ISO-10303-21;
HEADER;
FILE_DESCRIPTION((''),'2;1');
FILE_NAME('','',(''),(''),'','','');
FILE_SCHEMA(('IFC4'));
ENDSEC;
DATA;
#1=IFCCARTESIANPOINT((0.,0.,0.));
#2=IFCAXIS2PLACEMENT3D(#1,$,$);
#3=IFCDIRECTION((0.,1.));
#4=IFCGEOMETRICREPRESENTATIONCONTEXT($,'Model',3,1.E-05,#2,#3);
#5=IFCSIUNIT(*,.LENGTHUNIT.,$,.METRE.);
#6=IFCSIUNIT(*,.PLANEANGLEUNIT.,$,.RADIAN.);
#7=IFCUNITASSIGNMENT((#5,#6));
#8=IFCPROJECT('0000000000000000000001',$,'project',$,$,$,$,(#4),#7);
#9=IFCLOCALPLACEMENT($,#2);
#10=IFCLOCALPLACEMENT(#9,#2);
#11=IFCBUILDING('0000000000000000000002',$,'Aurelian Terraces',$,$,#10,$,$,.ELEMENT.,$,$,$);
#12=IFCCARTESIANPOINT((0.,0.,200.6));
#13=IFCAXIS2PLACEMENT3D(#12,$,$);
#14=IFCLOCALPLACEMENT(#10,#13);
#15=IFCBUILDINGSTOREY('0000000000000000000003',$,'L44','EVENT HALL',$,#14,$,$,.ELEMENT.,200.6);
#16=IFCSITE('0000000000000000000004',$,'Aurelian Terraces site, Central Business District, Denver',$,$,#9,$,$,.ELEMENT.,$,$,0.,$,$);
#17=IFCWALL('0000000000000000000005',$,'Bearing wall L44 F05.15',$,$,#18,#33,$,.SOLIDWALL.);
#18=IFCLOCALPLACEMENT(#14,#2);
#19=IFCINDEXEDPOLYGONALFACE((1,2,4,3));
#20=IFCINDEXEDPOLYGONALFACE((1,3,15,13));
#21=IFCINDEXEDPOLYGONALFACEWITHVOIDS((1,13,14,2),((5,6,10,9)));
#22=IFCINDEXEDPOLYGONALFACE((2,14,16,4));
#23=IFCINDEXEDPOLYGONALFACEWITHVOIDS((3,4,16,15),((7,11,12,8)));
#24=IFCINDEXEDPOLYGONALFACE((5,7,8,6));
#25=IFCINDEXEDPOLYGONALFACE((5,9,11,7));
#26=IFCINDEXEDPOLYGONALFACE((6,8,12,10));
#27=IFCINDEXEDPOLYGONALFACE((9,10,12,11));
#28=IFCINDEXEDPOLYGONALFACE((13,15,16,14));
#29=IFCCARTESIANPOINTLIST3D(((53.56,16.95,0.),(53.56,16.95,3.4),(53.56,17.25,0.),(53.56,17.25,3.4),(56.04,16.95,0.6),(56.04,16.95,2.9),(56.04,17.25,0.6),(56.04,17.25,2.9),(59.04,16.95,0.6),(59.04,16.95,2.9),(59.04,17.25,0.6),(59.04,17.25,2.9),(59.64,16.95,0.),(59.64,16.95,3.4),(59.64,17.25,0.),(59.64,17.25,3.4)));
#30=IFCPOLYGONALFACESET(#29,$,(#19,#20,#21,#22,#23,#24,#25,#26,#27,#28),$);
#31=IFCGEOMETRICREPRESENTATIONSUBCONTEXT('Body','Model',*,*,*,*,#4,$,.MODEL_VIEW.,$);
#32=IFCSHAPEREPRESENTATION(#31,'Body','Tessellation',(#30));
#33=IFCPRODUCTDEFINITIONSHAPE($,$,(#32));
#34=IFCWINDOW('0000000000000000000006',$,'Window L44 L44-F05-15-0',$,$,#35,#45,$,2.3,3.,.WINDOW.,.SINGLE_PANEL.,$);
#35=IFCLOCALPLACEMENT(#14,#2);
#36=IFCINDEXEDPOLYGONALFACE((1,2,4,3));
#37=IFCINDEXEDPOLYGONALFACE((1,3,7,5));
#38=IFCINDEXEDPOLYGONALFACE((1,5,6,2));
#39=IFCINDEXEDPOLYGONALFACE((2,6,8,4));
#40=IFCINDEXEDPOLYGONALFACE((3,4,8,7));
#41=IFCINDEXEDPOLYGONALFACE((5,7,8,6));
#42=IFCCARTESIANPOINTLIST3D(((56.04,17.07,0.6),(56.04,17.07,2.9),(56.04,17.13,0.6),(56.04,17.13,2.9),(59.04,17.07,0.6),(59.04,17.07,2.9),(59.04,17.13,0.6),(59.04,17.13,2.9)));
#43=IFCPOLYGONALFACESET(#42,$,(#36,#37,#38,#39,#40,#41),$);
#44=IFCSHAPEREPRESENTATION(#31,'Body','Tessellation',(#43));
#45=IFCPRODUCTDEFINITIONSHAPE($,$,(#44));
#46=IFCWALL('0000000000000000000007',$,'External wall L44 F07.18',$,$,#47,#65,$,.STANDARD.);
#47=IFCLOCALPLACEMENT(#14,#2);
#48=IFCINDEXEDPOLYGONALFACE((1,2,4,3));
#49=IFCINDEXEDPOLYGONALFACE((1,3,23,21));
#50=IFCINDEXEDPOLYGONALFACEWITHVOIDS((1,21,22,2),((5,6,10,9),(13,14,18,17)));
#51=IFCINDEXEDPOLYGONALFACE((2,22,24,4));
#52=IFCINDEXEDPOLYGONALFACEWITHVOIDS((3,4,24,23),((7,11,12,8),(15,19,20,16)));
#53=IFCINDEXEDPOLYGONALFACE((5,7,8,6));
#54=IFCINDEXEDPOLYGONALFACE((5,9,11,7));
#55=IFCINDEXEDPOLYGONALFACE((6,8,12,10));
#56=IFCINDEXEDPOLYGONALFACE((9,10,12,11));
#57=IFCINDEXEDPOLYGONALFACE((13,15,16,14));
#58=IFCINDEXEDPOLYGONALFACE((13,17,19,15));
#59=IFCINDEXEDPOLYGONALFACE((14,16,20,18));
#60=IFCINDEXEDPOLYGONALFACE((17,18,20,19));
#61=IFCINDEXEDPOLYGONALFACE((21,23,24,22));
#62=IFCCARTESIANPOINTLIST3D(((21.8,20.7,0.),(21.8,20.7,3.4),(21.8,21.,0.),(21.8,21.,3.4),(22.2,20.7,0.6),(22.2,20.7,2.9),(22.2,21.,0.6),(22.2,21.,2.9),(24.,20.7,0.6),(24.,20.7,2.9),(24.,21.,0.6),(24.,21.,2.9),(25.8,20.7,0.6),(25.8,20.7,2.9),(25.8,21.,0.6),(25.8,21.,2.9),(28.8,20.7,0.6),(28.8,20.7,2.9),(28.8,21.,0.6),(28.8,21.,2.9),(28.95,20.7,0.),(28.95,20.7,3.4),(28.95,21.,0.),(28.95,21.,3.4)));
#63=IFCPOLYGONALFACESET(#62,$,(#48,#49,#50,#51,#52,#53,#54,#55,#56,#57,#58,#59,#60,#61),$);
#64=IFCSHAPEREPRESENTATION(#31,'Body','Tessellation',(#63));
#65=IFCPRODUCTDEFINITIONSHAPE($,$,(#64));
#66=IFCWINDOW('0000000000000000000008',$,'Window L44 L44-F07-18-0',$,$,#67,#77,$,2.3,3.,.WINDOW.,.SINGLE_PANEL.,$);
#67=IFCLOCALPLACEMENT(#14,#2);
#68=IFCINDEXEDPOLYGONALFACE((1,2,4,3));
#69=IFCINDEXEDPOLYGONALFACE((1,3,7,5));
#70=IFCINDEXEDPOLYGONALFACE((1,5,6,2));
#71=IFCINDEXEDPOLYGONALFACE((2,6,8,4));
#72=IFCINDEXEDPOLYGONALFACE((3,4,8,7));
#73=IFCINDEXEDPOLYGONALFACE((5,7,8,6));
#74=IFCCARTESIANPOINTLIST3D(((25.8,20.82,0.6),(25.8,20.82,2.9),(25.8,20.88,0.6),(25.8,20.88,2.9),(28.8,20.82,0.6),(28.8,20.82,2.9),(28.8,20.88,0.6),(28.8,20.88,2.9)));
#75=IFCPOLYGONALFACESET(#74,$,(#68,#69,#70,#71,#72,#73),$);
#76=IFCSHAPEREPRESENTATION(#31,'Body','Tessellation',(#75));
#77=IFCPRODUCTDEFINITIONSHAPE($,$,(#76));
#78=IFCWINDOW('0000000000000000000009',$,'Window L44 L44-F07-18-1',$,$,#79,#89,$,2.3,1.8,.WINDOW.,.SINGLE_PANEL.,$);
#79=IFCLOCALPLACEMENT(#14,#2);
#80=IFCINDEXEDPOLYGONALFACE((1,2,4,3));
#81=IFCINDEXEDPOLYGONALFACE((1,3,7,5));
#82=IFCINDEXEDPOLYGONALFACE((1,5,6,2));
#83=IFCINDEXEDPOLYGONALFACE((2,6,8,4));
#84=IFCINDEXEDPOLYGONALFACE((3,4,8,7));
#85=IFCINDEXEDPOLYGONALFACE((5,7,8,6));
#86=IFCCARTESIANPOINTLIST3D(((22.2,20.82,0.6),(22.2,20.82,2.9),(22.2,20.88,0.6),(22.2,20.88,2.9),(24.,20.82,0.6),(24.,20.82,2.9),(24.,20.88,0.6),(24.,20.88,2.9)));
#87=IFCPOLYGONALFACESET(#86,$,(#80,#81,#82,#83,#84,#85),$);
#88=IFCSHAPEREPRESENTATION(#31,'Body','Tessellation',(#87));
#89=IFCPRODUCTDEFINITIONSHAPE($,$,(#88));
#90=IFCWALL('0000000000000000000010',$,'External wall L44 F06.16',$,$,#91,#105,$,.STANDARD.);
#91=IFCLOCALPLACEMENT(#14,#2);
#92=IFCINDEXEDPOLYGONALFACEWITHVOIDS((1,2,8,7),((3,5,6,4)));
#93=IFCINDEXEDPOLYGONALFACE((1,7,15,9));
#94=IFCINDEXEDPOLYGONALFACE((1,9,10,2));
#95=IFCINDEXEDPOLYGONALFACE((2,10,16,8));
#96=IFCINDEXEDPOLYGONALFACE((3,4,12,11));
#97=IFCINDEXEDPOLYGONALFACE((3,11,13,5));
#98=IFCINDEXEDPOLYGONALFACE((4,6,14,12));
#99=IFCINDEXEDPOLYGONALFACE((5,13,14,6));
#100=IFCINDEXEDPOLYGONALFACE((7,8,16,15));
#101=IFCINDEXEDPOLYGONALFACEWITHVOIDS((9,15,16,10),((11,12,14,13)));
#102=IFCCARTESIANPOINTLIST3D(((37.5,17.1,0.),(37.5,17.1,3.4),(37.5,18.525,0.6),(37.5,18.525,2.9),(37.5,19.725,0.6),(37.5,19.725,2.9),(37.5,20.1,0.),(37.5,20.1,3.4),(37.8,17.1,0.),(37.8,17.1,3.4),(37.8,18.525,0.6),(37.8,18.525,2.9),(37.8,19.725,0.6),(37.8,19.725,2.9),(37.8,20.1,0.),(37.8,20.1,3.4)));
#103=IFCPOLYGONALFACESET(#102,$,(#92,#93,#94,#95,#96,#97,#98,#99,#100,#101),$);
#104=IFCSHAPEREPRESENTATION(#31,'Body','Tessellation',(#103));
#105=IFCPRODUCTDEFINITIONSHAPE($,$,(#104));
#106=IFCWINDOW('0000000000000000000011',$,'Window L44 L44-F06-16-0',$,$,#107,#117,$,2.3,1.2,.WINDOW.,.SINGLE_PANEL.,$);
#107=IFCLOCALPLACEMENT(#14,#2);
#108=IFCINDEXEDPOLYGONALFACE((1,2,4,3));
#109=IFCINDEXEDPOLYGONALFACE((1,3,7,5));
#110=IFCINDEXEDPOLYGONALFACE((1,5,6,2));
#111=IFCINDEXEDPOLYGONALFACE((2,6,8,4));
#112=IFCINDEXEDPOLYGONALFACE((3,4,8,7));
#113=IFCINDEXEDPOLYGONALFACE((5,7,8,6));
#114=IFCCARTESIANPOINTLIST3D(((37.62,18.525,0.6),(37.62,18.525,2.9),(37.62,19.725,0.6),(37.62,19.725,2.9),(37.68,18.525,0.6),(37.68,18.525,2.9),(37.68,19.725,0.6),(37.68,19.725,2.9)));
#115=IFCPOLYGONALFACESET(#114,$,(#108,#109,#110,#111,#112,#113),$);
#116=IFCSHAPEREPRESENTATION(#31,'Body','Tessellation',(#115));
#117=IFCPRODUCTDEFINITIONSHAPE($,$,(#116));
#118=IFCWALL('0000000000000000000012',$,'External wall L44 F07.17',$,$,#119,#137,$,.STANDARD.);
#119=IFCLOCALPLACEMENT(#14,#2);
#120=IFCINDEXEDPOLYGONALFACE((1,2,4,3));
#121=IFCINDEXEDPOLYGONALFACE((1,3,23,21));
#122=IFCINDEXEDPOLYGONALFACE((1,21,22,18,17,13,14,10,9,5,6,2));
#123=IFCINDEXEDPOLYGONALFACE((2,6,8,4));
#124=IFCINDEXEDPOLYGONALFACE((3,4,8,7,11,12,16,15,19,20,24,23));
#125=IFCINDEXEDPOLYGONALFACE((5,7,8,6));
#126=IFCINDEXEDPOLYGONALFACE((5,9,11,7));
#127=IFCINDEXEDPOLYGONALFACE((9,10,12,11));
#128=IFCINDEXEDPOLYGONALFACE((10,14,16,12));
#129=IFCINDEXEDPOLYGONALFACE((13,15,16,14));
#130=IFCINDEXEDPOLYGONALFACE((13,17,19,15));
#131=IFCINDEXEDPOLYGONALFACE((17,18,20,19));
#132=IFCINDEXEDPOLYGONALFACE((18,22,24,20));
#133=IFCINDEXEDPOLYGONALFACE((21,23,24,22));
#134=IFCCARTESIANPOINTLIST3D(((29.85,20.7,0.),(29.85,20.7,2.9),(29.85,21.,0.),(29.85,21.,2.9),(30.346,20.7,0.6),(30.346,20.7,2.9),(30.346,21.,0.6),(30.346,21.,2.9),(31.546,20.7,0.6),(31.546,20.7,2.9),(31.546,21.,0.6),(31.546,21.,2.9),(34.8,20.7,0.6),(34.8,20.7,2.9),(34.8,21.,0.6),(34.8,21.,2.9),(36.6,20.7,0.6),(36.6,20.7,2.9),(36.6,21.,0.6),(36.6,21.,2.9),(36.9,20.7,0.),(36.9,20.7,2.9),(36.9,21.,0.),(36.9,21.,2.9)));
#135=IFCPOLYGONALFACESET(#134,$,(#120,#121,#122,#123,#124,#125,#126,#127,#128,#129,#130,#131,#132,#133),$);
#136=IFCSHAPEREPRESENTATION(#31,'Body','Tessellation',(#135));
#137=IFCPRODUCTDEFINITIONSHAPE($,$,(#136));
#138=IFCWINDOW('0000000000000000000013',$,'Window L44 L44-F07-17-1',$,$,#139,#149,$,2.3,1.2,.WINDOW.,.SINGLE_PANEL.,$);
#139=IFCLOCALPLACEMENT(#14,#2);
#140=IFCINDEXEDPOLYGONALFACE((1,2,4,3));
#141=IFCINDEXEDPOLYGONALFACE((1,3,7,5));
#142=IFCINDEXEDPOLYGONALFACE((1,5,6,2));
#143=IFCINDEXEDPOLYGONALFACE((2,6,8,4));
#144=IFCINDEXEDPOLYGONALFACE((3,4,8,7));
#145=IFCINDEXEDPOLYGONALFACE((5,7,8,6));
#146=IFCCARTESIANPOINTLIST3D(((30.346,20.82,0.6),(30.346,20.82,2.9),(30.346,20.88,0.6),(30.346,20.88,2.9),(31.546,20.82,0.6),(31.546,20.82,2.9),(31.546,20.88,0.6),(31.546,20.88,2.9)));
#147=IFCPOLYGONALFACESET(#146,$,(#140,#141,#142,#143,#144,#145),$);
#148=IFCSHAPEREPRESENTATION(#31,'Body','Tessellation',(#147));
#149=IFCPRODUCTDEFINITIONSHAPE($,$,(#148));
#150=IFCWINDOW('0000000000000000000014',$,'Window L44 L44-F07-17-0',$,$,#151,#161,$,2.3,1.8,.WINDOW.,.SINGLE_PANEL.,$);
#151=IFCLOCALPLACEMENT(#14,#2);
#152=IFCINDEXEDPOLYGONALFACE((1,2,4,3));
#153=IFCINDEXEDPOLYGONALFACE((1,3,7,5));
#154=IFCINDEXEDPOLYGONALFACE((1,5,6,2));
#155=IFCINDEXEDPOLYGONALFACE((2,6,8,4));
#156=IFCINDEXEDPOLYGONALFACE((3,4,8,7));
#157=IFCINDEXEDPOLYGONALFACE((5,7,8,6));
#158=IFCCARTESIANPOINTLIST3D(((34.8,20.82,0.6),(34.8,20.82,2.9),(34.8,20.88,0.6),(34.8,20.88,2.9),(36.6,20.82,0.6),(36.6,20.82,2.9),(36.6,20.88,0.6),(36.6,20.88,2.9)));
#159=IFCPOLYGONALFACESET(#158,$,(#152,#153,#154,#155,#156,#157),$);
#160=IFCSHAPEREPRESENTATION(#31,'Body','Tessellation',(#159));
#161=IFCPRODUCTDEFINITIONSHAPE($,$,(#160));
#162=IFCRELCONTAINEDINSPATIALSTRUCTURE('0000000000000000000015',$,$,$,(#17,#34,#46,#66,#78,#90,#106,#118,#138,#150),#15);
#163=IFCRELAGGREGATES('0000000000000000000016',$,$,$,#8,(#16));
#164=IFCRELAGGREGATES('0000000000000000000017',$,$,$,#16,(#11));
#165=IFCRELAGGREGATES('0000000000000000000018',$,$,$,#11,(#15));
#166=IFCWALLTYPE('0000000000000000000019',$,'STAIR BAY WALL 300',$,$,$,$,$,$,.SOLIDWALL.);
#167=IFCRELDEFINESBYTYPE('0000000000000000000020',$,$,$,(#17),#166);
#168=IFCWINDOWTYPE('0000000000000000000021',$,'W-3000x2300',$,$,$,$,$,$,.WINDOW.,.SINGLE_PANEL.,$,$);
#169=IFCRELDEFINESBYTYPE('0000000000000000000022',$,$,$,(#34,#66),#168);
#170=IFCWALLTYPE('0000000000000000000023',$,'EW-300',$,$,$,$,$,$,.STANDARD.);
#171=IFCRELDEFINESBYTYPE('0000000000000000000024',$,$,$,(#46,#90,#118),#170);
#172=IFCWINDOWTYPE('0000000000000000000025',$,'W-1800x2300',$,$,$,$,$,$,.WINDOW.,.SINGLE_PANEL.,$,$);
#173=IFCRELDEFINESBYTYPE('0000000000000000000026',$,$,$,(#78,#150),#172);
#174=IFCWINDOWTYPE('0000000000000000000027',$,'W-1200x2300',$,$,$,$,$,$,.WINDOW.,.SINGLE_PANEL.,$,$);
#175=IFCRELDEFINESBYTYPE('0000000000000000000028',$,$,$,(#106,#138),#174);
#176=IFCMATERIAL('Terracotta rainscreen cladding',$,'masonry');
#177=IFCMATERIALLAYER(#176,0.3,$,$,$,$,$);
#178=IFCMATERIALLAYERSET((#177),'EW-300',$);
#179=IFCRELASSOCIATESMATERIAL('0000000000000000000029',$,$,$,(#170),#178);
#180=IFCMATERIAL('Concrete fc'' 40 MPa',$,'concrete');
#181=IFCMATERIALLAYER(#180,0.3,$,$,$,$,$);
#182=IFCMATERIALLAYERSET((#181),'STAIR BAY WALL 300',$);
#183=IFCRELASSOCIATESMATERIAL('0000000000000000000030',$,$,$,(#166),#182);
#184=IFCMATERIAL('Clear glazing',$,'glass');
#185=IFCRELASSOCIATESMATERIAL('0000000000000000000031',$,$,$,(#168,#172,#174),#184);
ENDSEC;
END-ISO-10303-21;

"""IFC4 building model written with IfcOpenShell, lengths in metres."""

from ifc_helpers import new_model, si_unit, direction, frame, frame_2d, origin, place, context, subcontext, project, spatial, rectangle, extrude, source, transform, mapped, material, layer, layer_set, type_object, element, fill, save


model = new_model("IFC4")

# Units and contexts
model_context = context("Model", 3, precision=1e-05, world=origin(), true_north=direction((0.0, 1.0)))
body_context = subcontext(model_context, "Body", "Model", "MODEL_VIEW")
ifc_project = project(units=[si_unit("LENGTHUNIT", "METRE"), si_unit("PLANEANGLEUNIT", "RADIAN")], contexts=[model_context])

# Site, building, storey
site_placement = place(None, origin())
site = spatial("IfcSite", under=ifc_project, at=site_placement, Name="Aurelian Terraces site, Central Business District, Denver", CompositionType="ELEMENT", RefElevation=0.0)
building_placement = place(site_placement, origin())
building = spatial("IfcBuilding", under=site, at=building_placement, Name="Aurelian Terraces", CompositionType="ELEMENT")
storey_placement = place(building_placement, frame((0.0, 0.0, 200.6)))
storey = spatial("IfcBuildingStorey", under=building, at=storey_placement, Name="L44", Description="EVENT HALL", CompositionType="ELEMENT", Elevation=200.6)

# Shared definitions
ifc_material_1 = material(Name="Concrete fc' 40 MPa", Category="concrete")

# Shared definitions
ifc_material_2 = material(Name="Terracotta rainscreen cladding", Category="masonry")
ifc_layer_1 = layer(ifc_material_2, 0.3)
ifc_layer_set_1 = layer_set([ifc_layer_1], Name="EW-300")
wall_type_1 = type_object("IfcWallType", Name="EW-300", PredefinedType="STANDARD", material=ifc_layer_set_1)
ifc_material_3 = material(Name="Clear glazing", Category="glass")

# Wall, opening, window
ifc_layer_2 = layer(ifc_material_1, 0.3)
ifc_layer_set_2 = layer_set([ifc_layer_2], Name="STAIR BAY WALL 300")
wall_type_2 = type_object("IfcWallType", Name="STAIR BAY WALL 300", PredefinedType="SOLIDWALL", material=ifc_layer_set_2)
wall_1_placement = place(storey_placement, frame((59.64, 17.1, 0.0), z_axis=(0.0, 0.0, 1.0), x_axis=(-1.0, 0.0, 0.0)))
wall_1 = element("IfcWall", 1, at=wall_1_placement, inside=storey, type_object=wall_type_2, Name="Bearing wall L44 F05.15", PredefinedType="SOLIDWALL", context=body_context, shape_type="SweptSolid", body=[
    extrude(rectangle(XDim=6.08, YDim=0.3, at=frame_2d((3.04, 0.0))), origin(), (0.0, 0.0, 1.0), 3.4),
])
shared_shape_1 = source(origin(), body_context, "Body", "SweptSolid", [
    extrude(rectangle(XDim=3.0, YDim=2.3, at=frame_2d((1.5, 1.15))), frame((0.0, 0.16, 0.0), z_axis=(0.0, -1.0, 0.0), x_axis=(1.0, 0.0, 0.0)), (0.0, 0.0, 1.0), 0.32),
])
opening_1_placement = place(wall_1_placement, frame((0.6, 0.0, 0.6)))
opening_1 = element("IfcOpeningElement", 2, at=opening_1_placement, cuts=wall_1, PredefinedType="OPENING", context=body_context, shape_type="MappedRepresentation", body=[
    mapped(shared_shape_1, transform((0.0, 0.0, 0.0), scale=1.0)),
])
window_type_1 = type_object("IfcWindowType", Name="W-3000x2300", PartitioningType="SINGLE_PANEL", PredefinedType="WINDOW", material=ifc_material_3)
shared_shape_2 = source(origin(), body_context, "Body", "SweptSolid", [
    extrude(rectangle(XDim=3.0, YDim=2.3, at=frame_2d((1.5, 1.15))), frame((0.0, 0.03, 0.0), z_axis=(0.0, -1.0, 0.0), x_axis=(1.0, 0.0, 0.0)), (0.0, 0.0, 1.0), 0.06),
])
window_1_placement = place(opening_1_placement, origin())
window_1 = element("IfcWindow", 3, at=window_1_placement, inside=storey, type_object=window_type_1, Name="Window L44 L44-F05-15-0", OverallHeight=2.3, OverallWidth=3.0, PartitioningType="SINGLE_PANEL", PredefinedType="WINDOW", context=body_context, shape_type="MappedRepresentation", body=[
    mapped(shared_shape_2, transform((0.0, 0.0, 0.0), scale=1.0)),
])
fill(opening_1, window_1)

# Wall, openings, windows
shared_shape_3 = source(origin(), body_context, "Body", "SweptSolid", [
    extrude(rectangle(XDim=7.15, YDim=0.3, at=frame_2d((3.575, 0.0))), origin(), (0.0, 0.0, 1.0), 3.4),
])
wall_2_placement = place(storey_placement, frame((28.95, 20.85, 0.0), z_axis=(0.0, 0.0, 1.0), x_axis=(-1.0, 0.0, 0.0)))
wall_2 = element("IfcWall", 4, at=wall_2_placement, inside=storey, type_object=wall_type_1, Name="External wall L44 F07.18", PredefinedType="STANDARD", context=body_context, shape_type="MappedRepresentation", body=[
    mapped(shared_shape_3, transform((0.0, 0.0, 0.0), scale=1.0)),
])
opening_2_placement = place(wall_2_placement, frame((0.15, 0.0, 0.6)))
opening_2 = element("IfcOpeningElement", 5, at=opening_2_placement, cuts=wall_2, PredefinedType="OPENING", context=body_context, shape_type="MappedRepresentation", body=[
    mapped(shared_shape_1, transform((0.0, 0.0, 0.0), scale=1.0)),
])
shared_shape_4 = source(origin(), body_context, "Body", "SweptSolid", [
    extrude(rectangle(XDim=1.8, YDim=2.3, at=frame_2d((0.9, 1.15))), frame((0.0, 0.16, 0.0), z_axis=(0.0, -1.0, 0.0), x_axis=(1.0, 0.0, 0.0)), (0.0, 0.0, 1.0), 0.32),
])
opening_3_placement = place(wall_2_placement, frame((4.95, 0.0, 0.6)))
opening_3 = element("IfcOpeningElement", 6, at=opening_3_placement, cuts=wall_2, PredefinedType="OPENING", context=body_context, shape_type="MappedRepresentation", body=[
    mapped(shared_shape_4, transform((0.0, 0.0, 0.0), scale=1.0)),
])
window_2_placement = place(opening_2_placement, origin())
window_2 = element("IfcWindow", 7, at=window_2_placement, inside=storey, type_object=window_type_1, Name="Window L44 L44-F07-18-0", OverallHeight=2.3, OverallWidth=3.0, PartitioningType="SINGLE_PANEL", PredefinedType="WINDOW", context=body_context, shape_type="MappedRepresentation", body=[
    mapped(shared_shape_2, transform((0.0, 0.0, 0.0), scale=1.0)),
])
fill(opening_2, window_2)
window_type_2 = type_object("IfcWindowType", Name="W-1800x2300", PartitioningType="SINGLE_PANEL", PredefinedType="WINDOW", material=ifc_material_3)
shared_shape_5 = source(origin(), body_context, "Body", "SweptSolid", [
    extrude(rectangle(XDim=1.8, YDim=2.3, at=frame_2d((0.9, 1.15))), frame((0.0, 0.03, 0.0), z_axis=(0.0, -1.0, 0.0), x_axis=(1.0, 0.0, 0.0)), (0.0, 0.0, 1.0), 0.06),
])
window_3_placement = place(opening_3_placement, origin())
window_3 = element("IfcWindow", 8, at=window_3_placement, inside=storey, type_object=window_type_2, Name="Window L44 L44-F07-18-1", OverallHeight=2.3, OverallWidth=1.8, PartitioningType="SINGLE_PANEL", PredefinedType="WINDOW", context=body_context, shape_type="MappedRepresentation", body=[
    mapped(shared_shape_5, transform((0.0, 0.0, 0.0), scale=1.0)),
])
fill(opening_3, window_3)

# Wall, opening, window
shared_shape_6 = source(origin(), body_context, "Body", "SweptSolid", [
    extrude(rectangle(XDim=3.0, YDim=0.3, at=frame_2d((1.5, 0.0))), origin(), (0.0, 0.0, 1.0), 3.4),
])
wall_3_placement = place(storey_placement, frame((37.65, 17.1, 0.0), z_axis=(0.0, 0.0, 1.0), x_axis=(0.0, 1.0, 0.0)))
wall_3 = element("IfcWall", 9, at=wall_3_placement, inside=storey, type_object=wall_type_1, Name="External wall L44 F06.16", PredefinedType="STANDARD", context=body_context, shape_type="MappedRepresentation", body=[
    mapped(shared_shape_6, transform((0.0, 0.0, 0.0), scale=1.0)),
])
shared_shape_7 = source(origin(), body_context, "Body", "SweptSolid", [
    extrude(rectangle(XDim=1.2, YDim=2.3, at=frame_2d((0.6, 1.15))), frame((0.0, 0.16, 0.0), z_axis=(0.0, -1.0, 0.0), x_axis=(1.0, 0.0, 0.0)), (0.0, 0.0, 1.0), 0.32),
])
opening_4_placement = place(wall_3_placement, frame((1.425, 0.0, 0.6)))
opening_4 = element("IfcOpeningElement", 10, at=opening_4_placement, cuts=wall_3, PredefinedType="OPENING", context=body_context, shape_type="MappedRepresentation", body=[
    mapped(shared_shape_7, transform((0.0, 0.0, 0.0), scale=1.0)),
])
window_type_3 = type_object("IfcWindowType", Name="W-1200x2300", PartitioningType="SINGLE_PANEL", PredefinedType="WINDOW", material=ifc_material_3)
shared_shape_8 = source(origin(), body_context, "Body", "SweptSolid", [
    extrude(rectangle(XDim=1.2, YDim=2.3, at=frame_2d((0.6, 1.15))), frame((0.0, 0.03, 0.0), z_axis=(0.0, -1.0, 0.0), x_axis=(1.0, 0.0, 0.0)), (0.0, 0.0, 1.0), 0.06),
])
window_4_placement = place(opening_4_placement, origin())
window_4 = element("IfcWindow", 11, at=window_4_placement, inside=storey, type_object=window_type_3, Name="Window L44 L44-F06-16-0", OverallHeight=2.3, OverallWidth=1.2, PartitioningType="SINGLE_PANEL", PredefinedType="WINDOW", context=body_context, shape_type="MappedRepresentation", body=[
    mapped(shared_shape_8, transform((0.0, 0.0, 0.0), scale=1.0)),
])
fill(opening_4, window_4)

# Wall, openings, windows
shared_shape_9 = source(origin(), body_context, "Body", "SweptSolid", [
    extrude(rectangle(XDim=7.05, YDim=0.3, at=frame_2d((3.525, 0.0))), origin(), (0.0, 0.0, 1.0), 2.9),
])
wall_4_placement = place(storey_placement, frame((36.9, 20.85, 0.0), z_axis=(0.0, 0.0, 1.0), x_axis=(-1.0, 0.0, 0.0)))
wall_4 = element("IfcWall", 12, at=wall_4_placement, inside=storey, type_object=wall_type_1, Name="External wall L44 F07.17", PredefinedType="STANDARD", context=body_context, shape_type="MappedRepresentation", body=[
    mapped(shared_shape_9, transform((0.0, 0.0, 0.0), scale=1.0)),
])
opening_5_placement = place(wall_4_placement, frame((0.3, 0.0, 0.6)))
opening_5 = element("IfcOpeningElement", 13, at=opening_5_placement, cuts=wall_4, PredefinedType="OPENING", context=body_context, shape_type="MappedRepresentation", body=[
    mapped(shared_shape_4, transform((0.0, 0.0, 0.0), scale=1.0)),
])
opening_6_placement = place(wall_4_placement, frame((5.354, 0.0, 0.6)))
opening_6 = element("IfcOpeningElement", 14, at=opening_6_placement, cuts=wall_4, PredefinedType="OPENING", context=body_context, shape_type="MappedRepresentation", body=[
    mapped(shared_shape_7, transform((0.0, 0.0, 0.0), scale=1.0)),
])
window_5_placement = place(opening_6_placement, origin())
window_5 = element("IfcWindow", 15, at=window_5_placement, inside=storey, type_object=window_type_3, Name="Window L44 L44-F07-17-1", OverallHeight=2.3, OverallWidth=1.2, PartitioningType="SINGLE_PANEL", PredefinedType="WINDOW", context=body_context, shape_type="MappedRepresentation", body=[
    mapped(shared_shape_8, transform((0.0, 0.0, 0.0), scale=1.0)),
])
fill(opening_6, window_5)
window_6_placement = place(opening_5_placement, origin())
window_6 = element("IfcWindow", 16, at=window_6_placement, inside=storey, type_object=window_type_2, Name="Window L44 L44-F07-17-0", OverallHeight=2.3, OverallWidth=1.8, PartitioningType="SINGLE_PANEL", PredefinedType="WINDOW", context=body_context, shape_type="MappedRepresentation", body=[
    mapped(shared_shape_5, transform((0.0, 0.0, 0.0), scale=1.0)),
])
fill(opening_5, window_6)

save(model, "model.ifc")
